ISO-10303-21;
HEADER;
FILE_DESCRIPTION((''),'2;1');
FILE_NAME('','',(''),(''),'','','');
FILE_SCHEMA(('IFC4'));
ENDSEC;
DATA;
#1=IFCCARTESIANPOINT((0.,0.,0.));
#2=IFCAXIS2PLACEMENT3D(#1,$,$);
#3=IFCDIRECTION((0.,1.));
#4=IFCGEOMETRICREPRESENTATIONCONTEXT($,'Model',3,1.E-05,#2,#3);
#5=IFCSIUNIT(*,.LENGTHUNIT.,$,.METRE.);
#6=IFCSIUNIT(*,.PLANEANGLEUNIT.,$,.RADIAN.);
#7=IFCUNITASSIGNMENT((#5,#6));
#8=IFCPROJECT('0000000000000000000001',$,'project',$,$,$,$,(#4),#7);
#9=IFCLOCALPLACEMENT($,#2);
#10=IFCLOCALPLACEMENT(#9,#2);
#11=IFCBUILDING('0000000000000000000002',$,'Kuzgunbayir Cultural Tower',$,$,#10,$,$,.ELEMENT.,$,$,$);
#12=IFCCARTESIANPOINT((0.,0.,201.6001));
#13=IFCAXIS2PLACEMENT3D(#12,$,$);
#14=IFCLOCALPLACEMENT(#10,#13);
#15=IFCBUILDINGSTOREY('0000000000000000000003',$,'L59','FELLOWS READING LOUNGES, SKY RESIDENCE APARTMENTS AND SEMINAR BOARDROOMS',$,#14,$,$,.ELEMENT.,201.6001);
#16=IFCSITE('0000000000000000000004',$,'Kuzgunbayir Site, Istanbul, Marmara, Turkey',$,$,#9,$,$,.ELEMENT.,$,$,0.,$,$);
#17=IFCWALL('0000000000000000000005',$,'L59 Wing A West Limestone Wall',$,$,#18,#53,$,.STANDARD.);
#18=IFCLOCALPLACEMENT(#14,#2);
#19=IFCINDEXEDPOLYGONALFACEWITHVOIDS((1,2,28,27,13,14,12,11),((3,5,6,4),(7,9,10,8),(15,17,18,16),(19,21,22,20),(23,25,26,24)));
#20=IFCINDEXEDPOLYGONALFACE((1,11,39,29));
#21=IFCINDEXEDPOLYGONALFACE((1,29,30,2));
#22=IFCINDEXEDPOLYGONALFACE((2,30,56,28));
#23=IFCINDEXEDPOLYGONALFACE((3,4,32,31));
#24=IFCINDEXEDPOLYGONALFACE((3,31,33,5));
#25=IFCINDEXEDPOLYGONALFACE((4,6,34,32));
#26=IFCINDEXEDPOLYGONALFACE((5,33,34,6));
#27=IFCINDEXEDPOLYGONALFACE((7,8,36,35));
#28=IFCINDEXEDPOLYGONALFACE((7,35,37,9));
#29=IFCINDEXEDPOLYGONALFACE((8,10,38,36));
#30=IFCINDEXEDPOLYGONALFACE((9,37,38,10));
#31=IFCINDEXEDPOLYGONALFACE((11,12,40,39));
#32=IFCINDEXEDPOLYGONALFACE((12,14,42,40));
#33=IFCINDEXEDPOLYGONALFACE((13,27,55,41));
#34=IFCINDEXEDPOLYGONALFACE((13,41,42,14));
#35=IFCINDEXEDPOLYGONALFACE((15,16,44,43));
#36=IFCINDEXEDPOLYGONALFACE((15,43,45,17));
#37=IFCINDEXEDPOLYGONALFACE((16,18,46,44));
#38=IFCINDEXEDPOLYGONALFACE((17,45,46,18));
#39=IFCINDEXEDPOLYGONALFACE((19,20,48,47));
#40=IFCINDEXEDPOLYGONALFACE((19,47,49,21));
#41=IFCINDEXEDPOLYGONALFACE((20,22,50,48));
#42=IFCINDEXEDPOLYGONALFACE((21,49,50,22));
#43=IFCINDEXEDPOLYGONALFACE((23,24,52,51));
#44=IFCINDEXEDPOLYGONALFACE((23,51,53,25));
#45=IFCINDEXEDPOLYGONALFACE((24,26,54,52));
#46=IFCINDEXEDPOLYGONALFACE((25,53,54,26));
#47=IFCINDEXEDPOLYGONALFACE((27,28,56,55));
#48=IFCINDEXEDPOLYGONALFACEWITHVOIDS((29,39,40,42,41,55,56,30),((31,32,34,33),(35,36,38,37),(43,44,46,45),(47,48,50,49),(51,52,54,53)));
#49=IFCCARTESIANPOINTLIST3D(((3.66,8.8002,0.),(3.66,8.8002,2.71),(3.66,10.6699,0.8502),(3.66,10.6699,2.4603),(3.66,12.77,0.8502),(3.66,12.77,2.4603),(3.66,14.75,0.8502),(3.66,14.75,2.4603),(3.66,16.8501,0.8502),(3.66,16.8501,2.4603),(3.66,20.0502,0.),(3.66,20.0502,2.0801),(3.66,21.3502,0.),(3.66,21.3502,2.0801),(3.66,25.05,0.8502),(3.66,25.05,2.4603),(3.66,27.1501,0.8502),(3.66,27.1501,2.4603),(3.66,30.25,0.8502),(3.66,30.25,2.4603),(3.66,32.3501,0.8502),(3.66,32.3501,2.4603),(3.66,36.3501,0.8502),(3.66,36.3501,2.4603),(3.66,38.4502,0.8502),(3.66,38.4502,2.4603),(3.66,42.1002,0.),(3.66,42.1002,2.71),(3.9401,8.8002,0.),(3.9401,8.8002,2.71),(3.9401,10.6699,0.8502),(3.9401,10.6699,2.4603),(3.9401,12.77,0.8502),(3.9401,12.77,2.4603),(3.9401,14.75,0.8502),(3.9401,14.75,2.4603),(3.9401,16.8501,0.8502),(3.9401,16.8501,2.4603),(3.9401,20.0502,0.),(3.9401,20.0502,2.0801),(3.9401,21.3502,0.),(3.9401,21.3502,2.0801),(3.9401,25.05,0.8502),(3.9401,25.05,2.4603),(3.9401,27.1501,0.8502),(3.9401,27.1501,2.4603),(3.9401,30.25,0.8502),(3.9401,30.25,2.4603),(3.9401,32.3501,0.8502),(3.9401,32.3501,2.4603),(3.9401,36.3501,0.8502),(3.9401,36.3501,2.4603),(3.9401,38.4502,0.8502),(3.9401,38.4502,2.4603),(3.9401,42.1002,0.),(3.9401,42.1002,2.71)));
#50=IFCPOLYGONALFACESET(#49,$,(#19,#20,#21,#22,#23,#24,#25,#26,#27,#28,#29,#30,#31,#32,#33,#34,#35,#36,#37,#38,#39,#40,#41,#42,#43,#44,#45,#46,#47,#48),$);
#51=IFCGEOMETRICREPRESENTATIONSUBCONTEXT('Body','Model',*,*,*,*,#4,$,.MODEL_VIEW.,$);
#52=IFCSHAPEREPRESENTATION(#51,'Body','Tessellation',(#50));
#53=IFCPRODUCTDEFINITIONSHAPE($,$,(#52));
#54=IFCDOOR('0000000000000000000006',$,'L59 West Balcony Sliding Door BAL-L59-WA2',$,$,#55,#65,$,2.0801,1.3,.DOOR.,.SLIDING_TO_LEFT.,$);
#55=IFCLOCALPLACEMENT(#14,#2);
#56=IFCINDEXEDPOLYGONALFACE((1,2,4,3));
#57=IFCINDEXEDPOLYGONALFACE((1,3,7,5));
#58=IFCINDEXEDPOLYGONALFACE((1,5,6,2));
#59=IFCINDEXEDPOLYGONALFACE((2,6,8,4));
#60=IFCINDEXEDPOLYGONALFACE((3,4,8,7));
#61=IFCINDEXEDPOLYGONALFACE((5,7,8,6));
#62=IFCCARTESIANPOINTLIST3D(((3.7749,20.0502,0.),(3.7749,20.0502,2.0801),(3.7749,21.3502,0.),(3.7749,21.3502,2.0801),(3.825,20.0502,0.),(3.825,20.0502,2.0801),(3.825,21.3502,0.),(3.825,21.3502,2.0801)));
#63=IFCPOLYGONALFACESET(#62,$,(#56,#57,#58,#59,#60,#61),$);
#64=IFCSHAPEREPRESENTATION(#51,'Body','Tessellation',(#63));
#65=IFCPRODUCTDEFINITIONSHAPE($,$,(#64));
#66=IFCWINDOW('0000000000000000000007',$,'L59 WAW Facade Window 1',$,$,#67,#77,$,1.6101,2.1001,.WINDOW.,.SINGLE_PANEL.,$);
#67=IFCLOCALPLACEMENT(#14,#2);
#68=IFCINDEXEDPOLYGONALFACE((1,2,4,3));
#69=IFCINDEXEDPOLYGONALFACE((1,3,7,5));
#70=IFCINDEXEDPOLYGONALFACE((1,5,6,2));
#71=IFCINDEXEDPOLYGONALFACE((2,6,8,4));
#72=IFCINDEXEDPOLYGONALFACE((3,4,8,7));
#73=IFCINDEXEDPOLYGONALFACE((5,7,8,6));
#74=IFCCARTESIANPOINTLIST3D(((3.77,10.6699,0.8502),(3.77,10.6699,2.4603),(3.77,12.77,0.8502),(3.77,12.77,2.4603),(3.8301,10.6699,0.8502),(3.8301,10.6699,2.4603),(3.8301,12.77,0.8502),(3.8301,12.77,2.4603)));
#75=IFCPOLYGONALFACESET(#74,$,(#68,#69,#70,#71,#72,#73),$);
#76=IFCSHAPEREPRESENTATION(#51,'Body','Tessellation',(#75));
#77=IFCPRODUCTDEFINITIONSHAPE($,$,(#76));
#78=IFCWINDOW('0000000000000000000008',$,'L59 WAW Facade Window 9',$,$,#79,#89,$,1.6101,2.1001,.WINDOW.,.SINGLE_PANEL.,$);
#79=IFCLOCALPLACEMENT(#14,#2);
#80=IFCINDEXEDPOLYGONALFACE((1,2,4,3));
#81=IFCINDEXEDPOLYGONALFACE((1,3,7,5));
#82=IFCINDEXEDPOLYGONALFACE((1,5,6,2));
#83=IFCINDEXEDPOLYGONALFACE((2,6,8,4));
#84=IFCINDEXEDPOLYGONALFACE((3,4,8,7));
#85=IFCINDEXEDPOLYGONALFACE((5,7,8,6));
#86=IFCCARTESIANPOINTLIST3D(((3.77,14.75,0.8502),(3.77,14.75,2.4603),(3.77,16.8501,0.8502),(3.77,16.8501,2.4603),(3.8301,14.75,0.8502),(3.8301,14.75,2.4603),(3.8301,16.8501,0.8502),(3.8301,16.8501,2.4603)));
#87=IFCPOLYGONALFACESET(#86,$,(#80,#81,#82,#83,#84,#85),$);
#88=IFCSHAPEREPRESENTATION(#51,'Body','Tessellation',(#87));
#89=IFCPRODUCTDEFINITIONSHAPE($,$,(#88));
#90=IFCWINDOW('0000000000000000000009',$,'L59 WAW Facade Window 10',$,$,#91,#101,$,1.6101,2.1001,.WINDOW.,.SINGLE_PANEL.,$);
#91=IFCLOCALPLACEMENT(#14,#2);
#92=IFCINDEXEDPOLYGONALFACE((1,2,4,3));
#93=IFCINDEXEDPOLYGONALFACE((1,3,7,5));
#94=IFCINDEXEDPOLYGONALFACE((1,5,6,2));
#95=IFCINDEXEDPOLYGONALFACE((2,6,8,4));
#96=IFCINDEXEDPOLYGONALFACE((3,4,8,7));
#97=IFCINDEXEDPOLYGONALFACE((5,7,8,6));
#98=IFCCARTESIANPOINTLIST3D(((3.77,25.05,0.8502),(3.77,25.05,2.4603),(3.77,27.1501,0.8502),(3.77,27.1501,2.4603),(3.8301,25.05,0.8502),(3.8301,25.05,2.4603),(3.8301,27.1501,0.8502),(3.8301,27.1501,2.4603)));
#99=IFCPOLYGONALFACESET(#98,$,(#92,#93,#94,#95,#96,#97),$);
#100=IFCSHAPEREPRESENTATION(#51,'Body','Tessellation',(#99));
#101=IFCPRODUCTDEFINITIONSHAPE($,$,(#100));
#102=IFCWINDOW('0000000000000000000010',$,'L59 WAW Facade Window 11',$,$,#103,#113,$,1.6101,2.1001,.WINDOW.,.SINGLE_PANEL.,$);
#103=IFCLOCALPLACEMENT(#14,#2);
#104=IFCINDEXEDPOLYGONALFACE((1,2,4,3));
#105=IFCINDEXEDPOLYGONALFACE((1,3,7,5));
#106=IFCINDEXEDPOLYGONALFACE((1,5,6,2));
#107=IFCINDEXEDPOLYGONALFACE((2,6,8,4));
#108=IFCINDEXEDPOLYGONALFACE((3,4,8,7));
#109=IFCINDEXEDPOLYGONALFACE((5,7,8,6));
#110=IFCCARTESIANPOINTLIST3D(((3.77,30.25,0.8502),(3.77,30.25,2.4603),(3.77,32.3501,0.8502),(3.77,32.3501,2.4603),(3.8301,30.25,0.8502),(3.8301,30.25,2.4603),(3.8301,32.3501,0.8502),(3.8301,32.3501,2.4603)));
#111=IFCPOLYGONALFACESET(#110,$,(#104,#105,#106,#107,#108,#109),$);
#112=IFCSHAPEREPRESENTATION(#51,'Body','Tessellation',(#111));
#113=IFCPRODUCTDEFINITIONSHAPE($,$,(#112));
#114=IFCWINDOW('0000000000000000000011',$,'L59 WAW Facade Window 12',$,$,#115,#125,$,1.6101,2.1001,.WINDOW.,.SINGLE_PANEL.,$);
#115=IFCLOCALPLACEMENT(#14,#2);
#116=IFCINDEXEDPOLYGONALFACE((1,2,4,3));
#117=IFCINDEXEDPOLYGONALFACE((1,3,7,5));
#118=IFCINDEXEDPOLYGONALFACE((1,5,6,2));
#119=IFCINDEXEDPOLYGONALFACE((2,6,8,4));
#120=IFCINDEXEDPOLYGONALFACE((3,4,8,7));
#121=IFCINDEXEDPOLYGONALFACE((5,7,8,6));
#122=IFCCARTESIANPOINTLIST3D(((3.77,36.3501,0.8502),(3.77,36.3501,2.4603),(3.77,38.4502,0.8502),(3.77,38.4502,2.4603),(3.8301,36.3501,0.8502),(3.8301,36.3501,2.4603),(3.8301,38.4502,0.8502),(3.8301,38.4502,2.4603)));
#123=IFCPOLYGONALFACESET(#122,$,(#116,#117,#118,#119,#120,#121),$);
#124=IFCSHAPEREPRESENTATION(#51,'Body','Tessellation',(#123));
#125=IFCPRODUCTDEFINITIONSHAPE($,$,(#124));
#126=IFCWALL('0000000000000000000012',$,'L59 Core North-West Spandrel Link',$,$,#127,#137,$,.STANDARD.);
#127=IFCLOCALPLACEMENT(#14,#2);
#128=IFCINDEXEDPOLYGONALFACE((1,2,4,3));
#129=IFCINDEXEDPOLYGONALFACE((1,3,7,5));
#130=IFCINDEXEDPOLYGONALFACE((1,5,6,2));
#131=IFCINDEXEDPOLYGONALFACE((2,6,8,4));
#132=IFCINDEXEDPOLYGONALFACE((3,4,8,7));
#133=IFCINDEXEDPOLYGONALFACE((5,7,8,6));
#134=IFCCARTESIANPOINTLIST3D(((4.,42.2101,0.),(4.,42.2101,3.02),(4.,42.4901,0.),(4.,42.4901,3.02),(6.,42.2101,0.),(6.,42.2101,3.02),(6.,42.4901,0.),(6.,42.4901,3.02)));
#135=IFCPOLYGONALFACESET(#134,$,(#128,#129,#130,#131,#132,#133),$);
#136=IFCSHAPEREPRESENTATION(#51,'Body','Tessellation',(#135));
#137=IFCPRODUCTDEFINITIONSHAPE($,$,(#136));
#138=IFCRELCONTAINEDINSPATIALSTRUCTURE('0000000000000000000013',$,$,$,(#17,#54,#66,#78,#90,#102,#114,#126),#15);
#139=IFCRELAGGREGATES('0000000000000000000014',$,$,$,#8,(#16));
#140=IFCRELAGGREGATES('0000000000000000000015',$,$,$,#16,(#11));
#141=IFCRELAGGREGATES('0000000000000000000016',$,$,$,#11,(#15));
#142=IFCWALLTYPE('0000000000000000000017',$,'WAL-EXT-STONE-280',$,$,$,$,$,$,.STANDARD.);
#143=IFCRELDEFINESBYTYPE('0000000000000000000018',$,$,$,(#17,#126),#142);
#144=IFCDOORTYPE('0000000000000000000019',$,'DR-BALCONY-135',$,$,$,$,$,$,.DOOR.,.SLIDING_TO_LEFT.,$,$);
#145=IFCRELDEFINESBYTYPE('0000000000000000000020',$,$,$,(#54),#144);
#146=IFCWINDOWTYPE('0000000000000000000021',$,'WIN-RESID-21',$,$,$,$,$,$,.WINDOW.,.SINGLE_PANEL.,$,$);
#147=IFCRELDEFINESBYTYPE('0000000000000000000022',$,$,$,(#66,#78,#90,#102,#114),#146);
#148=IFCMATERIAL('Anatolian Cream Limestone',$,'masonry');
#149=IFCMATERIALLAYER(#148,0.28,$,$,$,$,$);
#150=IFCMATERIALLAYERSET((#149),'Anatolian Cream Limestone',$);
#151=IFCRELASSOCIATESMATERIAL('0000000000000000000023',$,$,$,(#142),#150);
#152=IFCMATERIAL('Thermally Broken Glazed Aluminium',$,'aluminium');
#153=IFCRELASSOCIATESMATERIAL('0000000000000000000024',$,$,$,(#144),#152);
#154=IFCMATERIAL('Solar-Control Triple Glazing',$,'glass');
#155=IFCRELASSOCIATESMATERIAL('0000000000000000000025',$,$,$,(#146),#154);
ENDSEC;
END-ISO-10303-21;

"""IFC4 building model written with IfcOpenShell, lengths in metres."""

from ifc_helpers import new_model, si_unit, direction, frame, frame_2d, origin, place, context, subcontext, project, spatial, rectangle, extrude, material, layer, layer_set, type_object, element, fill, save


model = new_model("IFC4")

# Units and contexts
model_context = context("Model", 3, precision=1e-05, world=origin(), true_north=direction((0.0, 1.0)))
body_context = subcontext(model_context, "Body", "Model", "MODEL_VIEW")
ifc_project = project(units=[si_unit("LENGTHUNIT", "METRE"), si_unit("PLANEANGLEUNIT", "RADIAN")], contexts=[model_context])

# Site, building, storey
site_placement = place(None, origin())
site = spatial("IfcSite", under=ifc_project, at=site_placement, Name="Kuzgunbayir Site, Istanbul, Marmara, Turkey", CompositionType="ELEMENT", RefElevation=0.0)
building_placement = place(site_placement, origin())
building = spatial("IfcBuilding", under=site, at=building_placement, Name="Kuzgunbayir Cultural Tower", CompositionType="ELEMENT")
storey_placement = place(building_placement, frame((0.0, 0.0, 201.6001)))
storey = spatial("IfcBuildingStorey", under=building, at=storey_placement, Name="L59", Description="FELLOWS READING LOUNGES, SKY RESIDENCE APARTMENTS AND SEMINAR BOARDROOMS", CompositionType="ELEMENT", Elevation=201.6001)

# Wall, openings, door, windows
ifc_material_1 = material(Name="Anatolian Cream Limestone", Category="masonry")
ifc_layer_1 = layer(ifc_material_1, 0.28)
ifc_layer_set_1 = layer_set([ifc_layer_1], Name="Anatolian Cream Limestone")
wall_type_1 = type_object("IfcWallType", Name="WAL-EXT-STONE-280", PredefinedType="STANDARD", material=ifc_layer_set_1)
wall_1_placement = place(storey_placement, frame((3.8, 42.1001, 0.0), z_axis=(0.0, 0.0, 1.0), x_axis=(0.0, -1.0, 0.0)))
wall_1 = element("IfcWall", 1, at=wall_1_placement, inside=storey, type_object=wall_type_1, Name="L59 Wing A West Limestone Wall", PredefinedType="STANDARD", context=body_context, shape_type="SweptSolid", body=[
    extrude(rectangle(XDim=33.3, YDim=0.28, at=frame_2d((16.6499, 0.0))), origin(), (0.0, 0.0, 1.0), 2.71),
])
opening_1_placement = place(wall_1_placement, frame((20.75, 0.0, 0.0)))
opening_1 = element("IfcOpeningElement", 2, at=opening_1_placement, cuts=wall_1, PredefinedType="OPENING", context=body_context, shape_type="SweptSolid", body=[
    extrude(rectangle(XDim=1.3, YDim=2.0801, at=frame_2d((0.6499, 1.04))), frame((0.0, 0.1499, 0.0), z_axis=(0.0, -1.0, 0.0), x_axis=(1.0, 0.0, 0.0)), (0.0, 0.0, 1.0), 0.3),
])
opening_2_placement = place(wall_1_placement, frame((29.3301, 0.0, 0.8501)))
opening_2 = element("IfcOpeningElement", 3, at=opening_2_placement, cuts=wall_1, PredefinedType="OPENING", context=body_context, shape_type="SweptSolid", body=[
    extrude(rectangle(XDim=2.1001, YDim=1.6101, at=frame_2d((1.05, 0.8052))), frame((0.0, 0.1499, 0.0), z_axis=(0.0, -1.0, 0.0), x_axis=(1.0, 0.0, 0.0)), (0.0, 0.0, 1.0), 0.3),
])
opening_3_placement = place(wall_1_placement, frame((25.25, 0.0, 0.8501)))
opening_3 = element("IfcOpeningElement", 4, at=opening_3_placement, cuts=wall_1, PredefinedType="OPENING", context=body_context, shape_type="SweptSolid", body=[
    extrude(rectangle(XDim=2.1001, YDim=1.6101, at=frame_2d((1.05, 0.8052))), frame((0.0, 0.1499, 0.0), z_axis=(0.0, -1.0, 0.0), x_axis=(1.0, 0.0, 0.0)), (0.0, 0.0, 1.0), 0.3),
])
opening_4_placement = place(wall_1_placement, frame((14.95, 0.0, 0.8501)))
opening_4 = element("IfcOpeningElement", 5, at=opening_4_placement, cuts=wall_1, PredefinedType="OPENING", context=body_context, shape_type="SweptSolid", body=[
    extrude(rectangle(XDim=2.1001, YDim=1.6101, at=frame_2d((1.05, 0.8052))), frame((0.0, 0.1499, 0.0), z_axis=(0.0, -1.0, 0.0), x_axis=(1.0, 0.0, 0.0)), (0.0, 0.0, 1.0), 0.3),
])
opening_5_placement = place(wall_1_placement, frame((9.75, 0.0, 0.8501)))
opening_5 = element("IfcOpeningElement", 6, at=opening_5_placement, cuts=wall_1, PredefinedType="OPENING", context=body_context, shape_type="SweptSolid", body=[
    extrude(rectangle(XDim=2.1001, YDim=1.6101, at=frame_2d((1.05, 0.8052))), frame((0.0, 0.1499, 0.0), z_axis=(0.0, -1.0, 0.0), x_axis=(1.0, 0.0, 0.0)), (0.0, 0.0, 1.0), 0.3),
])
opening_6_placement = place(wall_1_placement, frame((3.6499, 0.0, 0.8501)))
opening_6 = element("IfcOpeningElement", 7, at=opening_6_placement, cuts=wall_1, PredefinedType="OPENING", context=body_context, shape_type="SweptSolid", body=[
    extrude(rectangle(XDim=2.1001, YDim=1.6101, at=frame_2d((1.05, 0.8052))), frame((0.0, 0.1499, 0.0), z_axis=(0.0, -1.0, 0.0), x_axis=(1.0, 0.0, 0.0)), (0.0, 0.0, 1.0), 0.3),
])
ifc_material_2 = material(Name="Thermally Broken Glazed Aluminium", Category="aluminium")
door_type_1 = type_object("IfcDoorType", Name="DR-BALCONY-135", OperationType="SLIDING_TO_LEFT", PredefinedType="DOOR", material=ifc_material_2)
door_1_placement = place(opening_1_placement, origin())
door_1 = element("IfcDoor", 8, at=door_1_placement, inside=storey, type_object=door_type_1, Name="L59 West Balcony Sliding Door BAL-L59-WA2", OperationType="SLIDING_TO_LEFT", OverallHeight=2.0801, OverallWidth=1.3, PredefinedType="DOOR", context=body_context, shape_type="SweptSolid", body=[
    extrude(rectangle(XDim=1.3, YDim=2.0801, at=frame_2d((0.6499, 1.04))), frame((0.0, 0.0249, 0.0), z_axis=(0.0, -1.0, 0.0), x_axis=(1.0, 0.0, 0.0)), (0.0, 0.0, 1.0), 0.05),
])
fill(opening_1, door_1)
ifc_material_3 = material(Name="Solar-Control Triple Glazing", Category="glass")
window_type = type_object("IfcWindowType", Name="WIN-RESID-21", PartitioningType="SINGLE_PANEL", PredefinedType="WINDOW", material=ifc_material_3)
window_1_placement = place(opening_2_placement, origin())
window_1 = element("IfcWindow", 9, at=window_1_placement, inside=storey, type_object=window_type, Name="L59 WAW Facade Window 1", OverallHeight=1.6101, OverallWidth=2.1001, PartitioningType="SINGLE_PANEL", PredefinedType="WINDOW", context=body_context, shape_type="SweptSolid", body=[
    extrude(rectangle(XDim=2.1001, YDim=1.6101, at=frame_2d((1.05, 0.8052))), frame((0.0, 0.03, 0.0), z_axis=(0.0, -1.0, 0.0), x_axis=(1.0, 0.0, 0.0)), (0.0, 0.0, 1.0), 0.0601),
])
fill(opening_2, window_1)
window_2_placement = place(opening_3_placement, origin())
window_2 = element("IfcWindow", 10, at=window_2_placement, inside=storey, type_object=window_type, Name="L59 WAW Facade Window 9", OverallHeight=1.6101, OverallWidth=2.1001, PartitioningType="SINGLE_PANEL", PredefinedType="WINDOW", context=body_context, shape_type="SweptSolid", body=[
    extrude(rectangle(XDim=2.1001, YDim=1.6101, at=frame_2d((1.05, 0.8052))), frame((0.0, 0.03, 0.0), z_axis=(0.0, -1.0, 0.0), x_axis=(1.0, 0.0, 0.0)), (0.0, 0.0, 1.0), 0.0601),
])
fill(opening_3, window_2)
window_3_placement = place(opening_4_placement, origin())
window_3 = element("IfcWindow", 11, at=window_3_placement, inside=storey, type_object=window_type, Name="L59 WAW Facade Window 10", OverallHeight=1.6101, OverallWidth=2.1001, PartitioningType="SINGLE_PANEL", PredefinedType="WINDOW", context=body_context, shape_type="SweptSolid", body=[
    extrude(rectangle(XDim=2.1001, YDim=1.6101, at=frame_2d((1.05, 0.8052))), frame((0.0, 0.03, 0.0), z_axis=(0.0, -1.0, 0.0), x_axis=(1.0, 0.0, 0.0)), (0.0, 0.0, 1.0), 0.0601),
])
fill(opening_4, window_3)
window_4_placement = place(opening_5_placement, origin())
window_4 = element("IfcWindow", 12, at=window_4_placement, inside=storey, type_object=window_type, Name="L59 WAW Facade Window 11", OverallHeight=1.6101, OverallWidth=2.1001, PartitioningType="SINGLE_PANEL", PredefinedType="WINDOW", context=body_context, shape_type="SweptSolid", body=[
    extrude(rectangle(XDim=2.1001, YDim=1.6101, at=frame_2d((1.05, 0.8052))), frame((0.0, 0.03, 0.0), z_axis=(0.0, -1.0, 0.0), x_axis=(1.0, 0.0, 0.0)), (0.0, 0.0, 1.0), 0.0601),
])
fill(opening_5, window_4)
window_5_placement = place(opening_6_placement, origin())
window_5 = element("IfcWindow", 13, at=window_5_placement, inside=storey, type_object=window_type, Name="L59 WAW Facade Window 12", OverallHeight=1.6101, OverallWidth=2.1001, PartitioningType="SINGLE_PANEL", PredefinedType="WINDOW", context=body_context, shape_type="SweptSolid", body=[
    extrude(rectangle(XDim=2.1001, YDim=1.6101, at=frame_2d((1.05, 0.8052))), frame((0.0, 0.03, 0.0), z_axis=(0.0, -1.0, 0.0), x_axis=(1.0, 0.0, 0.0)), (0.0, 0.0, 1.0), 0.0601),
])
fill(opening_6, window_5)

# Wall
wall_2_placement = place(storey_placement, frame((6.0, 42.3501, 0.0), z_axis=(0.0, 0.0, 1.0), x_axis=(-1.0, 0.0, 0.0)))
element("IfcWall", 14, at=wall_2_placement, inside=storey, type_object=wall_type_1, Name="L59 Core North-West Spandrel Link", PredefinedType="STANDARD", context=body_context, shape_type="SweptSolid", body=[
    extrude(rectangle(XDim=2.0, YDim=0.28, at=frame_2d((1.0, 0.0))), origin(), (0.0, 0.0, 1.0), 3.02),
])

save(model, "model.ifc")
